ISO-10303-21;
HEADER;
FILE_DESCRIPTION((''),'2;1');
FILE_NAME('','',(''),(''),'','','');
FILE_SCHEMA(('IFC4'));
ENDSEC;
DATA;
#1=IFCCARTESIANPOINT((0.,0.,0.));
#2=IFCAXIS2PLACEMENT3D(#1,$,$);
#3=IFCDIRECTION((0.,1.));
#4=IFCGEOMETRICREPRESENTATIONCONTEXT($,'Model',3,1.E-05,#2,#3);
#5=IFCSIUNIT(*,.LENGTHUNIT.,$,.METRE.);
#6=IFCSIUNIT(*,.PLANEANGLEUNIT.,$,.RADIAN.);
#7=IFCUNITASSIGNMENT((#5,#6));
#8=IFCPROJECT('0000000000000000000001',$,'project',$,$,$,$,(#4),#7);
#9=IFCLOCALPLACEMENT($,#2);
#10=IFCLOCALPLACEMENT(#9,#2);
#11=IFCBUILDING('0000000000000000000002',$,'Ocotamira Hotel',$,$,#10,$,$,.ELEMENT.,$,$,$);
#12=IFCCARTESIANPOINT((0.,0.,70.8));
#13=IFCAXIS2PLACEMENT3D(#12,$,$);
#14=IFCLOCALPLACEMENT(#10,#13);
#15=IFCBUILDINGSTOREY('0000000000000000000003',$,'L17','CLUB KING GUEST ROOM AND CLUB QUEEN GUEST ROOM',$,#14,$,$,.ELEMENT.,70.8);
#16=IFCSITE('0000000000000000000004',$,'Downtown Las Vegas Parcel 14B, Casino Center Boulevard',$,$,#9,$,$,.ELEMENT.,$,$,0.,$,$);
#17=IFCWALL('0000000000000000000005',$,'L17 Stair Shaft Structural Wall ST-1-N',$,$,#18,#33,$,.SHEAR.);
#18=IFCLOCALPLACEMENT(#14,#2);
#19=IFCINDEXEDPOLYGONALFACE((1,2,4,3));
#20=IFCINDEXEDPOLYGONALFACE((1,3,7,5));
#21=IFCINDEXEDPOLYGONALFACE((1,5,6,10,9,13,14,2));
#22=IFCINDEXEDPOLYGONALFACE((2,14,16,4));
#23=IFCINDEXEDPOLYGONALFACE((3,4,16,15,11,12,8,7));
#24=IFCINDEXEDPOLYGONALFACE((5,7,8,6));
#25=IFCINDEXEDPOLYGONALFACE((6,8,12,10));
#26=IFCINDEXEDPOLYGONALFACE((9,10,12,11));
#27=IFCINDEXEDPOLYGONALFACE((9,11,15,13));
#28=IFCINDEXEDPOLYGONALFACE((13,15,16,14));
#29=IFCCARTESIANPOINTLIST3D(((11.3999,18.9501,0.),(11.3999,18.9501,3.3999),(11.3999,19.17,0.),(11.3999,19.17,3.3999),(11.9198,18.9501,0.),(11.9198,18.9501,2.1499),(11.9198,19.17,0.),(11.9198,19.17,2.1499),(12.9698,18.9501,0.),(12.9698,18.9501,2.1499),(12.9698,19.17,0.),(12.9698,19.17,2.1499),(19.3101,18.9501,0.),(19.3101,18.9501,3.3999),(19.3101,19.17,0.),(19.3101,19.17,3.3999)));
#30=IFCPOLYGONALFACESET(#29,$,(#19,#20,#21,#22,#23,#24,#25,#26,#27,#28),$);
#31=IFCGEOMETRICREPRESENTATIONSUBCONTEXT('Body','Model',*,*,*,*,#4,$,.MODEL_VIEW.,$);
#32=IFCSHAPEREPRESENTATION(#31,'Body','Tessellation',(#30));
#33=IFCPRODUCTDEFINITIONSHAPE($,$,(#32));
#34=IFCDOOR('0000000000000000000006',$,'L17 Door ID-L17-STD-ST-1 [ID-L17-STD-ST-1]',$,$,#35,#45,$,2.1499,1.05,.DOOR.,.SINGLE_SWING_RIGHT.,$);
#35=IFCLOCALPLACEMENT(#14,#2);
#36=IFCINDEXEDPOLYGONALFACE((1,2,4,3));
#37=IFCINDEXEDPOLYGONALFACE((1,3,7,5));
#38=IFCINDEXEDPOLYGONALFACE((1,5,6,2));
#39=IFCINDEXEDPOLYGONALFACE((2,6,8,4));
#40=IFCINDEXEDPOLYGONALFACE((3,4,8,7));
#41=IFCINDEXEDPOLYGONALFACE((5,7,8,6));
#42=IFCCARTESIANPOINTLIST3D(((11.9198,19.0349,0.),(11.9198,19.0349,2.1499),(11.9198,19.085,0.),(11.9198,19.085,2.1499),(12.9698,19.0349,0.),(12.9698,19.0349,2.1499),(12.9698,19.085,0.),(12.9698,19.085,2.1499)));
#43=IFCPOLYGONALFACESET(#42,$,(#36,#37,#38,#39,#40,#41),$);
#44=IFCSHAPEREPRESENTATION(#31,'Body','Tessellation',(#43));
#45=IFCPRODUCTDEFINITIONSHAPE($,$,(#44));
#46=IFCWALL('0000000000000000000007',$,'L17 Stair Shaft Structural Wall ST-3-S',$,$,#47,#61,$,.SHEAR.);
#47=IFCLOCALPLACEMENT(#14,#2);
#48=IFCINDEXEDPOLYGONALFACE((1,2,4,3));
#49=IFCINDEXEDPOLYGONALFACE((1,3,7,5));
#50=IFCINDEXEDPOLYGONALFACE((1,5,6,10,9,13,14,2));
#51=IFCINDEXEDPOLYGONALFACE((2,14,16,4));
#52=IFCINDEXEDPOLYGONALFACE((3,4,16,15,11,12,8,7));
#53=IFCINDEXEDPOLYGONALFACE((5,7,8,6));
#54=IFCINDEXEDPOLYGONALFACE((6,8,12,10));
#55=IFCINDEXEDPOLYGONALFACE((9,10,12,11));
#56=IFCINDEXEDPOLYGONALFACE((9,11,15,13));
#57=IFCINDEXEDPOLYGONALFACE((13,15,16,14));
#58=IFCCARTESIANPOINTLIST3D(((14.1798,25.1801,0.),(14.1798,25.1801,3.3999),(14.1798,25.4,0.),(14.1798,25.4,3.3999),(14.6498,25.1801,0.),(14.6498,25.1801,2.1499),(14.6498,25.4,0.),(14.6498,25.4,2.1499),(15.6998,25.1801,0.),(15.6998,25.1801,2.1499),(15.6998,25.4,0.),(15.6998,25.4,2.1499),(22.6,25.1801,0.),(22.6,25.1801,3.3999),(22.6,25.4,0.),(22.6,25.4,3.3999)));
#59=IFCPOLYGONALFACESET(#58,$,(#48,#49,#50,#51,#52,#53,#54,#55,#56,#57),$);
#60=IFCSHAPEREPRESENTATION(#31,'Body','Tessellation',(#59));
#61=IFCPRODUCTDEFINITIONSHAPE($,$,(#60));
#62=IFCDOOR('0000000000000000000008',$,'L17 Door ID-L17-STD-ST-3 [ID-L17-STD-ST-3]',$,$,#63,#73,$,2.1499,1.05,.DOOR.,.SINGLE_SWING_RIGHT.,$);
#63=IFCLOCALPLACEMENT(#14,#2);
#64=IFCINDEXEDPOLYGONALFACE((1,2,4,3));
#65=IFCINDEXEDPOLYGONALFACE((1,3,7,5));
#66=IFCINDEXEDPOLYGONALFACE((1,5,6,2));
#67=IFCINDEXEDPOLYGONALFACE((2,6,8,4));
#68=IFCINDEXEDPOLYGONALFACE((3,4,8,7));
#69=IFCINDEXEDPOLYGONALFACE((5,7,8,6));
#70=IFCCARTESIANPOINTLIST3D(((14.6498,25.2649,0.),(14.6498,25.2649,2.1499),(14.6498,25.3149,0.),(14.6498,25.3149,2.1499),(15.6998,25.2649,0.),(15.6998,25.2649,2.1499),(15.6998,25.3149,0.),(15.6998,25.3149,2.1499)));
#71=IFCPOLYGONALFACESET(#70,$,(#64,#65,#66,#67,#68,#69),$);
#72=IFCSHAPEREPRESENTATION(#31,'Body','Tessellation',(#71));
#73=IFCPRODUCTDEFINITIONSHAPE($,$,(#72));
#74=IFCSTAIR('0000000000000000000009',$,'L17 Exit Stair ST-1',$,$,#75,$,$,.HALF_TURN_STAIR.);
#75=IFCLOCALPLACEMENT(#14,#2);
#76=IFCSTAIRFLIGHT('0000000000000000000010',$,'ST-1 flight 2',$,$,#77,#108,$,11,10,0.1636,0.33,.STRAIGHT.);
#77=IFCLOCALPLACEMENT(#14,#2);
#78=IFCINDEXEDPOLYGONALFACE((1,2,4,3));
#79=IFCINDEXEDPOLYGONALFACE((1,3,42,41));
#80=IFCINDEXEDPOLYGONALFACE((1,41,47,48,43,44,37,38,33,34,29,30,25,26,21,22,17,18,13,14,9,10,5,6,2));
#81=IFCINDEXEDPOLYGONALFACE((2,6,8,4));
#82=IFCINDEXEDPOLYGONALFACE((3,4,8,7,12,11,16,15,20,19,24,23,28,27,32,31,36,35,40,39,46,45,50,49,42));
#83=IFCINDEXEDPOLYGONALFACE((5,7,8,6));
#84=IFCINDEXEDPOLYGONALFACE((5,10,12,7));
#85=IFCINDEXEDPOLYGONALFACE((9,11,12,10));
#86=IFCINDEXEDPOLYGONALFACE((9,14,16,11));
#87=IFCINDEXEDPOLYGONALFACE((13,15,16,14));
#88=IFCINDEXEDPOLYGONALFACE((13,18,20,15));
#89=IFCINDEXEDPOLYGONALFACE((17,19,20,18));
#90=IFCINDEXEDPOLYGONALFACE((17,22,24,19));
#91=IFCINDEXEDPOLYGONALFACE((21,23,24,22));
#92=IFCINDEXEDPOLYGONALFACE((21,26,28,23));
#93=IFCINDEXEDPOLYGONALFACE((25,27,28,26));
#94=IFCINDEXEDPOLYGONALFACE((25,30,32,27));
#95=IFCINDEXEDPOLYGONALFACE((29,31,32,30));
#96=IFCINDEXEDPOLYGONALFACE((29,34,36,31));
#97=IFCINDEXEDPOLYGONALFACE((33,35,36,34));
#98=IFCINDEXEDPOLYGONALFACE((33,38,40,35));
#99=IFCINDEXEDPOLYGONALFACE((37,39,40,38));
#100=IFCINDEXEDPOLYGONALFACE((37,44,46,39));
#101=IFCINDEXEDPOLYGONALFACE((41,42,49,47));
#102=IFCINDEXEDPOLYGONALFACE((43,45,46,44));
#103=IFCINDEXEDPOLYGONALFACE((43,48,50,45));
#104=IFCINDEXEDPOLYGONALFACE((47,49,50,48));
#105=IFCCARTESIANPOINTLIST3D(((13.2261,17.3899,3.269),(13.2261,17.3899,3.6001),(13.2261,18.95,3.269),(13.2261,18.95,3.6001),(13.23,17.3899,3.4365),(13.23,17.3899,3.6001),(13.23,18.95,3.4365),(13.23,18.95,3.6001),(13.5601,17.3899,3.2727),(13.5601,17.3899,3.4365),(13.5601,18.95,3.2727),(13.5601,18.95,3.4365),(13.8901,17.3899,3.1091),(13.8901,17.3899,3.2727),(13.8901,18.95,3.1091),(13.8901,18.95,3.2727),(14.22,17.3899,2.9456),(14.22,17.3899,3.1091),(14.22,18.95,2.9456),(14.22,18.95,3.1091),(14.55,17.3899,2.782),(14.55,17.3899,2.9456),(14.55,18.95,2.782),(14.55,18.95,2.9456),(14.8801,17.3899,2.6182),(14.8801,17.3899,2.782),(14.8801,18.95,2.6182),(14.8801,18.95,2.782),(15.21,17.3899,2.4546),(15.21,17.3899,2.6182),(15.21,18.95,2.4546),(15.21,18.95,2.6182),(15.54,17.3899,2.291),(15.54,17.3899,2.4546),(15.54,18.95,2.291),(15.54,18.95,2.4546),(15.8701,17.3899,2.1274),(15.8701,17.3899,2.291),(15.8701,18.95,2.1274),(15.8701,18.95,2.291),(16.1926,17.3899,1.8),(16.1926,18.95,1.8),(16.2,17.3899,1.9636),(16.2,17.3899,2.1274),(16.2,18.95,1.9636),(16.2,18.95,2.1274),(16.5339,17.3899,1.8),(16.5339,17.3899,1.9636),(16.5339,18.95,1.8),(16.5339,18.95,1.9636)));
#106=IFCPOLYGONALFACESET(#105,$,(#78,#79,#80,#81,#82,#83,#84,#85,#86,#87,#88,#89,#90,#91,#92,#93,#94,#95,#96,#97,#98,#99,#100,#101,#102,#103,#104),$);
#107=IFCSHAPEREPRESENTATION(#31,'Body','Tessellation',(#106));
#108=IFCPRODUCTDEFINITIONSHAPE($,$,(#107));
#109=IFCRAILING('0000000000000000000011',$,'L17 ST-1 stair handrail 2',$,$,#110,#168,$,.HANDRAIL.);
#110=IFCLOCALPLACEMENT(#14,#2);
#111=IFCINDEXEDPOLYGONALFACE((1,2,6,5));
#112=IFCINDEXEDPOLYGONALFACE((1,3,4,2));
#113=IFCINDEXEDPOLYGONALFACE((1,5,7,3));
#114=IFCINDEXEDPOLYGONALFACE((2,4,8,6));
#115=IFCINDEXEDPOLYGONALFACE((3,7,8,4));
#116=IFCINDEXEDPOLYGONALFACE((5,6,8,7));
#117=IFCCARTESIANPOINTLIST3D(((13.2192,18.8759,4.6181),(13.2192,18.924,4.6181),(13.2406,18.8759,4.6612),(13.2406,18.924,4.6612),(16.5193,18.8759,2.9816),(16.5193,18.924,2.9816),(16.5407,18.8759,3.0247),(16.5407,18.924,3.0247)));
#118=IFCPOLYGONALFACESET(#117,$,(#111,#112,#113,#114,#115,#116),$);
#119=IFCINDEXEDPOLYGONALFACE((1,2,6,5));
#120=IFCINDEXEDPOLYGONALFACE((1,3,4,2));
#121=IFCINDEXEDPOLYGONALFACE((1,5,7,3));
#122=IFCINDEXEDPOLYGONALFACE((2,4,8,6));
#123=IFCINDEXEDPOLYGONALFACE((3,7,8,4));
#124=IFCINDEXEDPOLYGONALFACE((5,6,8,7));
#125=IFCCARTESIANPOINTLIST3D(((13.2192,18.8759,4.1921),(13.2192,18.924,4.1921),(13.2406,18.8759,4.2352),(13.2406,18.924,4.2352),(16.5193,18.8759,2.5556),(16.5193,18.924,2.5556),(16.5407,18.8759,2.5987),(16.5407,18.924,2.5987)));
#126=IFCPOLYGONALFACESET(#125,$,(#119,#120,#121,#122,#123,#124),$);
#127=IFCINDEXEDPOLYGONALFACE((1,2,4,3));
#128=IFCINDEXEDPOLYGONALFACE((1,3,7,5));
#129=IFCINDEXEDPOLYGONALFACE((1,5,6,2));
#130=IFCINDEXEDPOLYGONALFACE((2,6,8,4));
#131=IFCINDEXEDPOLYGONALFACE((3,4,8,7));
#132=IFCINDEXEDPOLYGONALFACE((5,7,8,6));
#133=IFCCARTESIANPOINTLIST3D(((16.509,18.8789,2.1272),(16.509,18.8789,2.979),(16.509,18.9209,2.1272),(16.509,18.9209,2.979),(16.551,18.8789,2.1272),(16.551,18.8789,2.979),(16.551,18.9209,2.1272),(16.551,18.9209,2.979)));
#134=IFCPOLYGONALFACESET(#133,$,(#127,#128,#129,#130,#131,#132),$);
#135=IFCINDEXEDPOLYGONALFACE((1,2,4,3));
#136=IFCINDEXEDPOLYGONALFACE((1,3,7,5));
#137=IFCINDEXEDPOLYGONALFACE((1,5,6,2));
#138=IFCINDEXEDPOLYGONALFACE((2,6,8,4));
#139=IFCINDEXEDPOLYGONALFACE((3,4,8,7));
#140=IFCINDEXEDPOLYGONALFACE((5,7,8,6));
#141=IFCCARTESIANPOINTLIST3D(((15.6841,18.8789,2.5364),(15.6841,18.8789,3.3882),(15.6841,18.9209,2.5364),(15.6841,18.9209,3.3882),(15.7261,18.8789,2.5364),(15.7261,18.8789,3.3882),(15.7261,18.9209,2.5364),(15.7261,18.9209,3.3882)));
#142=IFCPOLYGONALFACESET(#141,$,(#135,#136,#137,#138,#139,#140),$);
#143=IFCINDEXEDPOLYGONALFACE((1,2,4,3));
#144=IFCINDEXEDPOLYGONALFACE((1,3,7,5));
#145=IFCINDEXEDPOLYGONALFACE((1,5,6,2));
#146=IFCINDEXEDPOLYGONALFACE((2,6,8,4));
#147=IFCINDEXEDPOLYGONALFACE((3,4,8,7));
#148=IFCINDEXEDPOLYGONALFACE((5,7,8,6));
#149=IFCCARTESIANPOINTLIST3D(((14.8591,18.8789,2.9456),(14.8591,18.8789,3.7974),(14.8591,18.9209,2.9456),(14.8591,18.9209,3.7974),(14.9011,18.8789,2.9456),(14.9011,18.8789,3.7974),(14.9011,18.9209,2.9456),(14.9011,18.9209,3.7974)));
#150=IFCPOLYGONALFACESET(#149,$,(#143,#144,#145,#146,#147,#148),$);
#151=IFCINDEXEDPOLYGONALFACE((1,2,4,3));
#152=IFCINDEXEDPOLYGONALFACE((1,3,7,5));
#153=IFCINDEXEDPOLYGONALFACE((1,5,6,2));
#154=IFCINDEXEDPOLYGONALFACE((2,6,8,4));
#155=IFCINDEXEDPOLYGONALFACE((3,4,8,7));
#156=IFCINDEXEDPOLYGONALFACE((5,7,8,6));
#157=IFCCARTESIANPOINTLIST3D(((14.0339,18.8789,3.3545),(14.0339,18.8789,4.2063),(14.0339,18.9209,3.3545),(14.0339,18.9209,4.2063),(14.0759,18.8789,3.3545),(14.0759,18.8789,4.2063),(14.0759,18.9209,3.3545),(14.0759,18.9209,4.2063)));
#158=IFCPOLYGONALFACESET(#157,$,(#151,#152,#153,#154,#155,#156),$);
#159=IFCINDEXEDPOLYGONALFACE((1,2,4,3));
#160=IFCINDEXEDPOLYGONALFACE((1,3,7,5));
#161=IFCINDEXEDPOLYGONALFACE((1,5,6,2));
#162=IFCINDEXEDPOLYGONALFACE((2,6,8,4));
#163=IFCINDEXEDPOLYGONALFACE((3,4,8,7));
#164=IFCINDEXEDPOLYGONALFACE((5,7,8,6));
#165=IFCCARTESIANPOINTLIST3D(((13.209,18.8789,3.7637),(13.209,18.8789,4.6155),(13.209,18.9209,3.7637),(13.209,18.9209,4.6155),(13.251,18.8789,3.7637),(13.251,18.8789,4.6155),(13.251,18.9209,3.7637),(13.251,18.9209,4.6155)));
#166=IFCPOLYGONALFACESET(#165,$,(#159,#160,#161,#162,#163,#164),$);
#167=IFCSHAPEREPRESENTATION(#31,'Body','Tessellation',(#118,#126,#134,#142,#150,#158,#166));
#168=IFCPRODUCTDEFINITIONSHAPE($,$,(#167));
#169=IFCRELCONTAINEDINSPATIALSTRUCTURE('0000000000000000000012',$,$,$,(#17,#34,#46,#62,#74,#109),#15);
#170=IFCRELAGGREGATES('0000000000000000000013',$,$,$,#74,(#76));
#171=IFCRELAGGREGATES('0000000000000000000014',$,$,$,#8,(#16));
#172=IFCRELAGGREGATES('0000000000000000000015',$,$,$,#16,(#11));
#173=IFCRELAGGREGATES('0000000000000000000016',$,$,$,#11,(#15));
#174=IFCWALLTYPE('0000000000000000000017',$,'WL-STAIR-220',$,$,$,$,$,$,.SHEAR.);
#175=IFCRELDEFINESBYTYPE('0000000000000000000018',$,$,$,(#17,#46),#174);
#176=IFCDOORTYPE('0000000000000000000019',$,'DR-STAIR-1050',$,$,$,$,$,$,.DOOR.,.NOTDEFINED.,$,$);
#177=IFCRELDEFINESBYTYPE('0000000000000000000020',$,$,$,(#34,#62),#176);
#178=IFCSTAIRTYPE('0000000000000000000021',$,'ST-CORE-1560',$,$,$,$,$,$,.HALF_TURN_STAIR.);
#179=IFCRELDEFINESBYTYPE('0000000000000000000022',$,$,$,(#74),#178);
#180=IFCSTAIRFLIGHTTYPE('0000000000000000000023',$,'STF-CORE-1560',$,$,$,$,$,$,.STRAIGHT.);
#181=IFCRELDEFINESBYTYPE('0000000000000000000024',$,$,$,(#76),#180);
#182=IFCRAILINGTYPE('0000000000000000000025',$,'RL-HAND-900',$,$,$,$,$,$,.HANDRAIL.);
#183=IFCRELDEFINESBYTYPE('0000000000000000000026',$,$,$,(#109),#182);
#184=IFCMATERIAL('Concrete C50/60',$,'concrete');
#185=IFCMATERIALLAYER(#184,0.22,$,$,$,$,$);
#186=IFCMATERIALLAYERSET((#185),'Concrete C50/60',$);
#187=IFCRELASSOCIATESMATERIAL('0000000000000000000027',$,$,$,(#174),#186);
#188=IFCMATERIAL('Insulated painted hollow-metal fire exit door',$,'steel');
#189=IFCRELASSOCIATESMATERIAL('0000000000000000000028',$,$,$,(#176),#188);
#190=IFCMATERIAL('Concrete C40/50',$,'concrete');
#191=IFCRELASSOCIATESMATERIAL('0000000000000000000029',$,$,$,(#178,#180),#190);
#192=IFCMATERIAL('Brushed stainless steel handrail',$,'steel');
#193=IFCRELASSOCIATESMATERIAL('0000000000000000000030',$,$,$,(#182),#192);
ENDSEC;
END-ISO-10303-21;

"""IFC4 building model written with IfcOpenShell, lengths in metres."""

from ifc_helpers import new_model, si_unit, direction, frame, frame_2d, origin, origin_2d, place, context, subcontext, project, spatial, polyline, rectangle, outline, extrude, source, transform, mapped, material, layer, layer_set, type_object, element, fill, aggregate, save


model = new_model("IFC4")

# Units and contexts
model_context = context("Model", 3, precision=1e-05, world=origin(), true_north=direction((0.0, 1.0)))
body_context = subcontext(model_context, "Body", "Model", "MODEL_VIEW")
ifc_project = project(units=[si_unit("LENGTHUNIT", "METRE"), si_unit("PLANEANGLEUNIT", "RADIAN")], contexts=[model_context])

# Site, building, storey
site_placement = place(None, origin())
site = spatial("IfcSite", under=ifc_project, at=site_placement, Name="Downtown Las Vegas Parcel 14B, Casino Center Boulevard", CompositionType="ELEMENT", RefElevation=0.0)
building_placement = place(site_placement, origin())
building = spatial("IfcBuilding", under=site, at=building_placement, Name="Ocotamira Hotel", CompositionType="ELEMENT")
storey_placement = place(building_placement, frame((0.0, 0.0, 70.8)))
storey = spatial("IfcBuildingStorey", under=building, at=storey_placement, Name="L17", Description="CLUB KING GUEST ROOM AND CLUB QUEEN GUEST ROOM", CompositionType="ELEMENT", Elevation=70.8)

# Walls, openings, doors
ifc_material_1 = material(Name="Concrete C50/60", Category="concrete")
ifc_layer_1 = layer(ifc_material_1, 0.22)
ifc_layer_set_1 = layer_set([ifc_layer_1], Name="Concrete C50/60")
wall_type_1 = type_object("IfcWallType", Name="WL-STAIR-220", PredefinedType="SHEAR", material=ifc_layer_set_1)
wall_1_placement = place(storey_placement, frame((11.3999, 19.0601, 0.0), z_axis=(0.0, 0.0, 1.0), x_axis=(1.0, 0.0, 0.0)))
wall_1 = element("IfcWall", 1, at=wall_1_placement, inside=storey, type_object=wall_type_1, Name="L17 Stair Shaft Structural Wall ST-1-N", PredefinedType="SHEAR", context=body_context, shape_type="SweptSolid", body=[
    extrude(rectangle(XDim=7.9102, YDim=0.22, at=frame_2d((3.9551, 0.0))), origin(), (0.0, 0.0, 1.0), 3.3999),
])
opening_1_placement = place(wall_1_placement, frame((0.52, 0.0, 0.0)))
opening_1 = element("IfcOpeningElement", 2, at=opening_1_placement, cuts=wall_1, PredefinedType="OPENING", context=body_context, shape_type="SweptSolid", body=[
    extrude(rectangle(XDim=1.05, YDim=2.1499, at=frame_2d((0.5249, 1.075))), frame((0.0, 0.1201, 0.0), z_axis=(0.0, -1.0, 0.0), x_axis=(1.0, 0.0, 0.0)), (0.0, 0.0, 1.0), 0.24),
])
ifc_material_2 = material(Name="Insulated painted hollow-metal fire exit door", Category="steel")
door_type_1 = type_object("IfcDoorType", Name="DR-STAIR-1050", OperationType="NOTDEFINED", PredefinedType="DOOR", material=ifc_material_2)
shared_shape_1 = source(origin(), body_context, "Body", "SweptSolid", [
    extrude(rectangle(XDim=1.05, YDim=2.1499, at=frame_2d((0.5249, 1.075))), frame((0.0, 0.0249, 0.0), z_axis=(0.0, -1.0, 0.0), x_axis=(1.0, 0.0, 0.0)), (0.0, 0.0, 1.0), 0.05),
])
door_1_placement = place(opening_1_placement, origin())
door_1 = element("IfcDoor", 3, at=door_1_placement, inside=storey, type_object=door_type_1, Name="L17 Door ID-L17-STD-ST-1 [ID-L17-STD-ST-1]", OperationType="SINGLE_SWING_RIGHT", OverallHeight=2.1499, OverallWidth=1.05, PredefinedType="DOOR", context=body_context, shape_type="MappedRepresentation", body=[
    mapped(shared_shape_1, transform((0.0, 0.0, 0.0), scale=1.0)),
])
fill(opening_1, door_1)
wall_2_placement = place(storey_placement, frame((14.1799, 25.29, 0.0), z_axis=(0.0, 0.0, 1.0), x_axis=(1.0, 0.0, 0.0)))
wall_2 = element("IfcWall", 4, at=wall_2_placement, inside=storey, type_object=wall_type_1, Name="L17 Stair Shaft Structural Wall ST-3-S", PredefinedType="SHEAR", context=body_context, shape_type="SweptSolid", body=[
    extrude(rectangle(XDim=8.4202, YDim=0.22, at=frame_2d((4.21, 0.0))), origin(), (0.0, 0.0, 1.0), 3.3999),
])
opening_2_placement = place(wall_2_placement, frame((0.47, 0.0, 0.0)))
opening_2 = element("IfcOpeningElement", 5, at=opening_2_placement, cuts=wall_2, PredefinedType="OPENING", context=body_context, shape_type="SweptSolid", body=[
    extrude(rectangle(XDim=1.05, YDim=2.1499, at=frame_2d((0.5249, 1.075))), frame((0.0, 0.1201, 0.0), z_axis=(0.0, -1.0, 0.0), x_axis=(1.0, 0.0, 0.0)), (0.0, 0.0, 1.0), 0.24),
])
door_2_placement = place(opening_2_placement, origin())
door_2 = element("IfcDoor", 6, at=door_2_placement, inside=storey, type_object=door_type_1, Name="L17 Door ID-L17-STD-ST-3 [ID-L17-STD-ST-3]", OperationType="SINGLE_SWING_RIGHT", OverallHeight=2.1499, OverallWidth=1.05, PredefinedType="DOOR", context=body_context, shape_type="MappedRepresentation", body=[
    mapped(shared_shape_1, transform((0.0, 0.0, 0.0), scale=1.0)),
])
fill(opening_2, door_2)

# Stair, stair flight
ifc_material_3 = material(Name="Concrete C40/50", Category="concrete")
stair_type = type_object("IfcStairType", Name="ST-CORE-1560", PredefinedType="HALF_TURN_STAIR", material=ifc_material_3)
stair_placement = place(storey_placement, origin())
stair = element("IfcStair", 7, at=stair_placement, inside=storey, type_object=stair_type, Name="L17 Exit Stair ST-1", PredefinedType="HALF_TURN_STAIR")
stair_flight_type = type_object("IfcStairFlightType", Name="STF-CORE-1560", PredefinedType="STRAIGHT", material=ifc_material_3)
shared_shape_2 = source(origin(), body_context, "Body", "SweptSolid", [
    extrude(outline(polyline([(-0.0039, 0.0), (-0.0039, 0.1636), (0.3301, 0.1636), (0.3301, 0.3274), (0.6599, 0.3274), (0.6599, 0.491), (0.99, 0.491), (0.99, 0.6545), (1.3201, 0.6545), (1.3201, 0.8181), (1.6499, 0.8181), (1.6499, 0.9819), (1.98, 0.9819), (1.98, 1.1455), (2.3101, 1.1455), (2.3101, 1.3091), (2.6399, 1.3091), (2.6399, 1.4727), (2.97, 1.4727), (2.97, 1.6365), (3.3, 1.6365), (3.3, 1.8), (3.304, 1.8), (3.304, 1.469), (0.3374, 0.0), (-0.0039, 0.0)])), frame((0.0, 0.78, 0.0), z_axis=(0.0, -1.0, 0.0), x_axis=(1.0, 0.0, 0.0)), (0.0, 0.0, 1.0), 1.5601),
])
stair_flight_placement = place(storey_placement, frame((16.53, 18.1699, 1.8), z_axis=(0.0, 0.0, 1.0), x_axis=(-1.0, 0.0, 0.0)))
stair_flight = element("IfcStairFlight", 8, at=stair_flight_placement, type_object=stair_flight_type, Name="ST-1 flight 2", NumberOfRisers=11, NumberOfTreads=10, PredefinedType="STRAIGHT", RiserHeight=0.1636, TreadLength=0.33, context=body_context, shape_type="MappedRepresentation", body=[
    mapped(shared_shape_2, transform((0.0, 0.0, 0.0), scale=1.0)),
])
aggregate(stair, [stair_flight])

# Railing
ifc_material_4 = material(Name="Brushed stainless steel handrail", Category="steel")
railing_type_1 = type_object("IfcRailingType", Name="RL-HAND-900", PredefinedType="HANDRAIL", material=ifc_material_4)
railing_1_placement = place(storey_placement, frame((16.53, 18.8999, 2.1272)))
element("IfcRailing", 9, at=railing_1_placement, inside=storey, type_object=railing_type_1, Name="L17 ST-1 stair handrail 2", PredefinedType="HANDRAIL", context=body_context, shape_type="SweptSolid", body=[
    extrude(rectangle(XDim=0.0481, YDim=0.0481, at=origin_2d()), frame((0.0, 0.0, 0.876), z_axis=(-0.895894, 0.0, 0.444268), x_axis=(0.0, -1.0, 0.0)), (0.0, 0.0, 1.0), 3.6836),
    extrude(rectangle(XDim=0.0481, YDim=0.0481, at=origin_2d()), frame((0.0, 0.0, 0.45), z_axis=(-0.895894, 0.0, 0.444268), x_axis=(0.0, -1.0, 0.0)), (0.0, 0.0, 1.0), 3.6836),
    extrude(rectangle(XDim=0.042, YDim=0.042, at=origin_2d()), origin(), (0.0, 0.0, 1.0), 0.8518),
    extrude(rectangle(XDim=0.042, YDim=0.042, at=origin_2d()), frame((-0.825, 0.0, 0.4092)), (0.0, 0.0, 1.0), 0.8518),
    extrude(rectangle(XDim=0.042, YDim=0.042, at=origin_2d()), frame((-1.6499, 0.0, 0.8184)), (0.0, 0.0, 1.0), 0.8518),
    extrude(rectangle(XDim=0.042, YDim=0.042, at=origin_2d()), frame((-2.4751, 0.0, 1.2273)), (0.0, 0.0, 1.0), 0.8518),
    extrude(rectangle(XDim=0.042, YDim=0.042, at=origin_2d()), frame((-3.3, 0.0, 1.6365)), (0.0, 0.0, 1.0), 0.8518),
])

save(model, "model.ifc")
